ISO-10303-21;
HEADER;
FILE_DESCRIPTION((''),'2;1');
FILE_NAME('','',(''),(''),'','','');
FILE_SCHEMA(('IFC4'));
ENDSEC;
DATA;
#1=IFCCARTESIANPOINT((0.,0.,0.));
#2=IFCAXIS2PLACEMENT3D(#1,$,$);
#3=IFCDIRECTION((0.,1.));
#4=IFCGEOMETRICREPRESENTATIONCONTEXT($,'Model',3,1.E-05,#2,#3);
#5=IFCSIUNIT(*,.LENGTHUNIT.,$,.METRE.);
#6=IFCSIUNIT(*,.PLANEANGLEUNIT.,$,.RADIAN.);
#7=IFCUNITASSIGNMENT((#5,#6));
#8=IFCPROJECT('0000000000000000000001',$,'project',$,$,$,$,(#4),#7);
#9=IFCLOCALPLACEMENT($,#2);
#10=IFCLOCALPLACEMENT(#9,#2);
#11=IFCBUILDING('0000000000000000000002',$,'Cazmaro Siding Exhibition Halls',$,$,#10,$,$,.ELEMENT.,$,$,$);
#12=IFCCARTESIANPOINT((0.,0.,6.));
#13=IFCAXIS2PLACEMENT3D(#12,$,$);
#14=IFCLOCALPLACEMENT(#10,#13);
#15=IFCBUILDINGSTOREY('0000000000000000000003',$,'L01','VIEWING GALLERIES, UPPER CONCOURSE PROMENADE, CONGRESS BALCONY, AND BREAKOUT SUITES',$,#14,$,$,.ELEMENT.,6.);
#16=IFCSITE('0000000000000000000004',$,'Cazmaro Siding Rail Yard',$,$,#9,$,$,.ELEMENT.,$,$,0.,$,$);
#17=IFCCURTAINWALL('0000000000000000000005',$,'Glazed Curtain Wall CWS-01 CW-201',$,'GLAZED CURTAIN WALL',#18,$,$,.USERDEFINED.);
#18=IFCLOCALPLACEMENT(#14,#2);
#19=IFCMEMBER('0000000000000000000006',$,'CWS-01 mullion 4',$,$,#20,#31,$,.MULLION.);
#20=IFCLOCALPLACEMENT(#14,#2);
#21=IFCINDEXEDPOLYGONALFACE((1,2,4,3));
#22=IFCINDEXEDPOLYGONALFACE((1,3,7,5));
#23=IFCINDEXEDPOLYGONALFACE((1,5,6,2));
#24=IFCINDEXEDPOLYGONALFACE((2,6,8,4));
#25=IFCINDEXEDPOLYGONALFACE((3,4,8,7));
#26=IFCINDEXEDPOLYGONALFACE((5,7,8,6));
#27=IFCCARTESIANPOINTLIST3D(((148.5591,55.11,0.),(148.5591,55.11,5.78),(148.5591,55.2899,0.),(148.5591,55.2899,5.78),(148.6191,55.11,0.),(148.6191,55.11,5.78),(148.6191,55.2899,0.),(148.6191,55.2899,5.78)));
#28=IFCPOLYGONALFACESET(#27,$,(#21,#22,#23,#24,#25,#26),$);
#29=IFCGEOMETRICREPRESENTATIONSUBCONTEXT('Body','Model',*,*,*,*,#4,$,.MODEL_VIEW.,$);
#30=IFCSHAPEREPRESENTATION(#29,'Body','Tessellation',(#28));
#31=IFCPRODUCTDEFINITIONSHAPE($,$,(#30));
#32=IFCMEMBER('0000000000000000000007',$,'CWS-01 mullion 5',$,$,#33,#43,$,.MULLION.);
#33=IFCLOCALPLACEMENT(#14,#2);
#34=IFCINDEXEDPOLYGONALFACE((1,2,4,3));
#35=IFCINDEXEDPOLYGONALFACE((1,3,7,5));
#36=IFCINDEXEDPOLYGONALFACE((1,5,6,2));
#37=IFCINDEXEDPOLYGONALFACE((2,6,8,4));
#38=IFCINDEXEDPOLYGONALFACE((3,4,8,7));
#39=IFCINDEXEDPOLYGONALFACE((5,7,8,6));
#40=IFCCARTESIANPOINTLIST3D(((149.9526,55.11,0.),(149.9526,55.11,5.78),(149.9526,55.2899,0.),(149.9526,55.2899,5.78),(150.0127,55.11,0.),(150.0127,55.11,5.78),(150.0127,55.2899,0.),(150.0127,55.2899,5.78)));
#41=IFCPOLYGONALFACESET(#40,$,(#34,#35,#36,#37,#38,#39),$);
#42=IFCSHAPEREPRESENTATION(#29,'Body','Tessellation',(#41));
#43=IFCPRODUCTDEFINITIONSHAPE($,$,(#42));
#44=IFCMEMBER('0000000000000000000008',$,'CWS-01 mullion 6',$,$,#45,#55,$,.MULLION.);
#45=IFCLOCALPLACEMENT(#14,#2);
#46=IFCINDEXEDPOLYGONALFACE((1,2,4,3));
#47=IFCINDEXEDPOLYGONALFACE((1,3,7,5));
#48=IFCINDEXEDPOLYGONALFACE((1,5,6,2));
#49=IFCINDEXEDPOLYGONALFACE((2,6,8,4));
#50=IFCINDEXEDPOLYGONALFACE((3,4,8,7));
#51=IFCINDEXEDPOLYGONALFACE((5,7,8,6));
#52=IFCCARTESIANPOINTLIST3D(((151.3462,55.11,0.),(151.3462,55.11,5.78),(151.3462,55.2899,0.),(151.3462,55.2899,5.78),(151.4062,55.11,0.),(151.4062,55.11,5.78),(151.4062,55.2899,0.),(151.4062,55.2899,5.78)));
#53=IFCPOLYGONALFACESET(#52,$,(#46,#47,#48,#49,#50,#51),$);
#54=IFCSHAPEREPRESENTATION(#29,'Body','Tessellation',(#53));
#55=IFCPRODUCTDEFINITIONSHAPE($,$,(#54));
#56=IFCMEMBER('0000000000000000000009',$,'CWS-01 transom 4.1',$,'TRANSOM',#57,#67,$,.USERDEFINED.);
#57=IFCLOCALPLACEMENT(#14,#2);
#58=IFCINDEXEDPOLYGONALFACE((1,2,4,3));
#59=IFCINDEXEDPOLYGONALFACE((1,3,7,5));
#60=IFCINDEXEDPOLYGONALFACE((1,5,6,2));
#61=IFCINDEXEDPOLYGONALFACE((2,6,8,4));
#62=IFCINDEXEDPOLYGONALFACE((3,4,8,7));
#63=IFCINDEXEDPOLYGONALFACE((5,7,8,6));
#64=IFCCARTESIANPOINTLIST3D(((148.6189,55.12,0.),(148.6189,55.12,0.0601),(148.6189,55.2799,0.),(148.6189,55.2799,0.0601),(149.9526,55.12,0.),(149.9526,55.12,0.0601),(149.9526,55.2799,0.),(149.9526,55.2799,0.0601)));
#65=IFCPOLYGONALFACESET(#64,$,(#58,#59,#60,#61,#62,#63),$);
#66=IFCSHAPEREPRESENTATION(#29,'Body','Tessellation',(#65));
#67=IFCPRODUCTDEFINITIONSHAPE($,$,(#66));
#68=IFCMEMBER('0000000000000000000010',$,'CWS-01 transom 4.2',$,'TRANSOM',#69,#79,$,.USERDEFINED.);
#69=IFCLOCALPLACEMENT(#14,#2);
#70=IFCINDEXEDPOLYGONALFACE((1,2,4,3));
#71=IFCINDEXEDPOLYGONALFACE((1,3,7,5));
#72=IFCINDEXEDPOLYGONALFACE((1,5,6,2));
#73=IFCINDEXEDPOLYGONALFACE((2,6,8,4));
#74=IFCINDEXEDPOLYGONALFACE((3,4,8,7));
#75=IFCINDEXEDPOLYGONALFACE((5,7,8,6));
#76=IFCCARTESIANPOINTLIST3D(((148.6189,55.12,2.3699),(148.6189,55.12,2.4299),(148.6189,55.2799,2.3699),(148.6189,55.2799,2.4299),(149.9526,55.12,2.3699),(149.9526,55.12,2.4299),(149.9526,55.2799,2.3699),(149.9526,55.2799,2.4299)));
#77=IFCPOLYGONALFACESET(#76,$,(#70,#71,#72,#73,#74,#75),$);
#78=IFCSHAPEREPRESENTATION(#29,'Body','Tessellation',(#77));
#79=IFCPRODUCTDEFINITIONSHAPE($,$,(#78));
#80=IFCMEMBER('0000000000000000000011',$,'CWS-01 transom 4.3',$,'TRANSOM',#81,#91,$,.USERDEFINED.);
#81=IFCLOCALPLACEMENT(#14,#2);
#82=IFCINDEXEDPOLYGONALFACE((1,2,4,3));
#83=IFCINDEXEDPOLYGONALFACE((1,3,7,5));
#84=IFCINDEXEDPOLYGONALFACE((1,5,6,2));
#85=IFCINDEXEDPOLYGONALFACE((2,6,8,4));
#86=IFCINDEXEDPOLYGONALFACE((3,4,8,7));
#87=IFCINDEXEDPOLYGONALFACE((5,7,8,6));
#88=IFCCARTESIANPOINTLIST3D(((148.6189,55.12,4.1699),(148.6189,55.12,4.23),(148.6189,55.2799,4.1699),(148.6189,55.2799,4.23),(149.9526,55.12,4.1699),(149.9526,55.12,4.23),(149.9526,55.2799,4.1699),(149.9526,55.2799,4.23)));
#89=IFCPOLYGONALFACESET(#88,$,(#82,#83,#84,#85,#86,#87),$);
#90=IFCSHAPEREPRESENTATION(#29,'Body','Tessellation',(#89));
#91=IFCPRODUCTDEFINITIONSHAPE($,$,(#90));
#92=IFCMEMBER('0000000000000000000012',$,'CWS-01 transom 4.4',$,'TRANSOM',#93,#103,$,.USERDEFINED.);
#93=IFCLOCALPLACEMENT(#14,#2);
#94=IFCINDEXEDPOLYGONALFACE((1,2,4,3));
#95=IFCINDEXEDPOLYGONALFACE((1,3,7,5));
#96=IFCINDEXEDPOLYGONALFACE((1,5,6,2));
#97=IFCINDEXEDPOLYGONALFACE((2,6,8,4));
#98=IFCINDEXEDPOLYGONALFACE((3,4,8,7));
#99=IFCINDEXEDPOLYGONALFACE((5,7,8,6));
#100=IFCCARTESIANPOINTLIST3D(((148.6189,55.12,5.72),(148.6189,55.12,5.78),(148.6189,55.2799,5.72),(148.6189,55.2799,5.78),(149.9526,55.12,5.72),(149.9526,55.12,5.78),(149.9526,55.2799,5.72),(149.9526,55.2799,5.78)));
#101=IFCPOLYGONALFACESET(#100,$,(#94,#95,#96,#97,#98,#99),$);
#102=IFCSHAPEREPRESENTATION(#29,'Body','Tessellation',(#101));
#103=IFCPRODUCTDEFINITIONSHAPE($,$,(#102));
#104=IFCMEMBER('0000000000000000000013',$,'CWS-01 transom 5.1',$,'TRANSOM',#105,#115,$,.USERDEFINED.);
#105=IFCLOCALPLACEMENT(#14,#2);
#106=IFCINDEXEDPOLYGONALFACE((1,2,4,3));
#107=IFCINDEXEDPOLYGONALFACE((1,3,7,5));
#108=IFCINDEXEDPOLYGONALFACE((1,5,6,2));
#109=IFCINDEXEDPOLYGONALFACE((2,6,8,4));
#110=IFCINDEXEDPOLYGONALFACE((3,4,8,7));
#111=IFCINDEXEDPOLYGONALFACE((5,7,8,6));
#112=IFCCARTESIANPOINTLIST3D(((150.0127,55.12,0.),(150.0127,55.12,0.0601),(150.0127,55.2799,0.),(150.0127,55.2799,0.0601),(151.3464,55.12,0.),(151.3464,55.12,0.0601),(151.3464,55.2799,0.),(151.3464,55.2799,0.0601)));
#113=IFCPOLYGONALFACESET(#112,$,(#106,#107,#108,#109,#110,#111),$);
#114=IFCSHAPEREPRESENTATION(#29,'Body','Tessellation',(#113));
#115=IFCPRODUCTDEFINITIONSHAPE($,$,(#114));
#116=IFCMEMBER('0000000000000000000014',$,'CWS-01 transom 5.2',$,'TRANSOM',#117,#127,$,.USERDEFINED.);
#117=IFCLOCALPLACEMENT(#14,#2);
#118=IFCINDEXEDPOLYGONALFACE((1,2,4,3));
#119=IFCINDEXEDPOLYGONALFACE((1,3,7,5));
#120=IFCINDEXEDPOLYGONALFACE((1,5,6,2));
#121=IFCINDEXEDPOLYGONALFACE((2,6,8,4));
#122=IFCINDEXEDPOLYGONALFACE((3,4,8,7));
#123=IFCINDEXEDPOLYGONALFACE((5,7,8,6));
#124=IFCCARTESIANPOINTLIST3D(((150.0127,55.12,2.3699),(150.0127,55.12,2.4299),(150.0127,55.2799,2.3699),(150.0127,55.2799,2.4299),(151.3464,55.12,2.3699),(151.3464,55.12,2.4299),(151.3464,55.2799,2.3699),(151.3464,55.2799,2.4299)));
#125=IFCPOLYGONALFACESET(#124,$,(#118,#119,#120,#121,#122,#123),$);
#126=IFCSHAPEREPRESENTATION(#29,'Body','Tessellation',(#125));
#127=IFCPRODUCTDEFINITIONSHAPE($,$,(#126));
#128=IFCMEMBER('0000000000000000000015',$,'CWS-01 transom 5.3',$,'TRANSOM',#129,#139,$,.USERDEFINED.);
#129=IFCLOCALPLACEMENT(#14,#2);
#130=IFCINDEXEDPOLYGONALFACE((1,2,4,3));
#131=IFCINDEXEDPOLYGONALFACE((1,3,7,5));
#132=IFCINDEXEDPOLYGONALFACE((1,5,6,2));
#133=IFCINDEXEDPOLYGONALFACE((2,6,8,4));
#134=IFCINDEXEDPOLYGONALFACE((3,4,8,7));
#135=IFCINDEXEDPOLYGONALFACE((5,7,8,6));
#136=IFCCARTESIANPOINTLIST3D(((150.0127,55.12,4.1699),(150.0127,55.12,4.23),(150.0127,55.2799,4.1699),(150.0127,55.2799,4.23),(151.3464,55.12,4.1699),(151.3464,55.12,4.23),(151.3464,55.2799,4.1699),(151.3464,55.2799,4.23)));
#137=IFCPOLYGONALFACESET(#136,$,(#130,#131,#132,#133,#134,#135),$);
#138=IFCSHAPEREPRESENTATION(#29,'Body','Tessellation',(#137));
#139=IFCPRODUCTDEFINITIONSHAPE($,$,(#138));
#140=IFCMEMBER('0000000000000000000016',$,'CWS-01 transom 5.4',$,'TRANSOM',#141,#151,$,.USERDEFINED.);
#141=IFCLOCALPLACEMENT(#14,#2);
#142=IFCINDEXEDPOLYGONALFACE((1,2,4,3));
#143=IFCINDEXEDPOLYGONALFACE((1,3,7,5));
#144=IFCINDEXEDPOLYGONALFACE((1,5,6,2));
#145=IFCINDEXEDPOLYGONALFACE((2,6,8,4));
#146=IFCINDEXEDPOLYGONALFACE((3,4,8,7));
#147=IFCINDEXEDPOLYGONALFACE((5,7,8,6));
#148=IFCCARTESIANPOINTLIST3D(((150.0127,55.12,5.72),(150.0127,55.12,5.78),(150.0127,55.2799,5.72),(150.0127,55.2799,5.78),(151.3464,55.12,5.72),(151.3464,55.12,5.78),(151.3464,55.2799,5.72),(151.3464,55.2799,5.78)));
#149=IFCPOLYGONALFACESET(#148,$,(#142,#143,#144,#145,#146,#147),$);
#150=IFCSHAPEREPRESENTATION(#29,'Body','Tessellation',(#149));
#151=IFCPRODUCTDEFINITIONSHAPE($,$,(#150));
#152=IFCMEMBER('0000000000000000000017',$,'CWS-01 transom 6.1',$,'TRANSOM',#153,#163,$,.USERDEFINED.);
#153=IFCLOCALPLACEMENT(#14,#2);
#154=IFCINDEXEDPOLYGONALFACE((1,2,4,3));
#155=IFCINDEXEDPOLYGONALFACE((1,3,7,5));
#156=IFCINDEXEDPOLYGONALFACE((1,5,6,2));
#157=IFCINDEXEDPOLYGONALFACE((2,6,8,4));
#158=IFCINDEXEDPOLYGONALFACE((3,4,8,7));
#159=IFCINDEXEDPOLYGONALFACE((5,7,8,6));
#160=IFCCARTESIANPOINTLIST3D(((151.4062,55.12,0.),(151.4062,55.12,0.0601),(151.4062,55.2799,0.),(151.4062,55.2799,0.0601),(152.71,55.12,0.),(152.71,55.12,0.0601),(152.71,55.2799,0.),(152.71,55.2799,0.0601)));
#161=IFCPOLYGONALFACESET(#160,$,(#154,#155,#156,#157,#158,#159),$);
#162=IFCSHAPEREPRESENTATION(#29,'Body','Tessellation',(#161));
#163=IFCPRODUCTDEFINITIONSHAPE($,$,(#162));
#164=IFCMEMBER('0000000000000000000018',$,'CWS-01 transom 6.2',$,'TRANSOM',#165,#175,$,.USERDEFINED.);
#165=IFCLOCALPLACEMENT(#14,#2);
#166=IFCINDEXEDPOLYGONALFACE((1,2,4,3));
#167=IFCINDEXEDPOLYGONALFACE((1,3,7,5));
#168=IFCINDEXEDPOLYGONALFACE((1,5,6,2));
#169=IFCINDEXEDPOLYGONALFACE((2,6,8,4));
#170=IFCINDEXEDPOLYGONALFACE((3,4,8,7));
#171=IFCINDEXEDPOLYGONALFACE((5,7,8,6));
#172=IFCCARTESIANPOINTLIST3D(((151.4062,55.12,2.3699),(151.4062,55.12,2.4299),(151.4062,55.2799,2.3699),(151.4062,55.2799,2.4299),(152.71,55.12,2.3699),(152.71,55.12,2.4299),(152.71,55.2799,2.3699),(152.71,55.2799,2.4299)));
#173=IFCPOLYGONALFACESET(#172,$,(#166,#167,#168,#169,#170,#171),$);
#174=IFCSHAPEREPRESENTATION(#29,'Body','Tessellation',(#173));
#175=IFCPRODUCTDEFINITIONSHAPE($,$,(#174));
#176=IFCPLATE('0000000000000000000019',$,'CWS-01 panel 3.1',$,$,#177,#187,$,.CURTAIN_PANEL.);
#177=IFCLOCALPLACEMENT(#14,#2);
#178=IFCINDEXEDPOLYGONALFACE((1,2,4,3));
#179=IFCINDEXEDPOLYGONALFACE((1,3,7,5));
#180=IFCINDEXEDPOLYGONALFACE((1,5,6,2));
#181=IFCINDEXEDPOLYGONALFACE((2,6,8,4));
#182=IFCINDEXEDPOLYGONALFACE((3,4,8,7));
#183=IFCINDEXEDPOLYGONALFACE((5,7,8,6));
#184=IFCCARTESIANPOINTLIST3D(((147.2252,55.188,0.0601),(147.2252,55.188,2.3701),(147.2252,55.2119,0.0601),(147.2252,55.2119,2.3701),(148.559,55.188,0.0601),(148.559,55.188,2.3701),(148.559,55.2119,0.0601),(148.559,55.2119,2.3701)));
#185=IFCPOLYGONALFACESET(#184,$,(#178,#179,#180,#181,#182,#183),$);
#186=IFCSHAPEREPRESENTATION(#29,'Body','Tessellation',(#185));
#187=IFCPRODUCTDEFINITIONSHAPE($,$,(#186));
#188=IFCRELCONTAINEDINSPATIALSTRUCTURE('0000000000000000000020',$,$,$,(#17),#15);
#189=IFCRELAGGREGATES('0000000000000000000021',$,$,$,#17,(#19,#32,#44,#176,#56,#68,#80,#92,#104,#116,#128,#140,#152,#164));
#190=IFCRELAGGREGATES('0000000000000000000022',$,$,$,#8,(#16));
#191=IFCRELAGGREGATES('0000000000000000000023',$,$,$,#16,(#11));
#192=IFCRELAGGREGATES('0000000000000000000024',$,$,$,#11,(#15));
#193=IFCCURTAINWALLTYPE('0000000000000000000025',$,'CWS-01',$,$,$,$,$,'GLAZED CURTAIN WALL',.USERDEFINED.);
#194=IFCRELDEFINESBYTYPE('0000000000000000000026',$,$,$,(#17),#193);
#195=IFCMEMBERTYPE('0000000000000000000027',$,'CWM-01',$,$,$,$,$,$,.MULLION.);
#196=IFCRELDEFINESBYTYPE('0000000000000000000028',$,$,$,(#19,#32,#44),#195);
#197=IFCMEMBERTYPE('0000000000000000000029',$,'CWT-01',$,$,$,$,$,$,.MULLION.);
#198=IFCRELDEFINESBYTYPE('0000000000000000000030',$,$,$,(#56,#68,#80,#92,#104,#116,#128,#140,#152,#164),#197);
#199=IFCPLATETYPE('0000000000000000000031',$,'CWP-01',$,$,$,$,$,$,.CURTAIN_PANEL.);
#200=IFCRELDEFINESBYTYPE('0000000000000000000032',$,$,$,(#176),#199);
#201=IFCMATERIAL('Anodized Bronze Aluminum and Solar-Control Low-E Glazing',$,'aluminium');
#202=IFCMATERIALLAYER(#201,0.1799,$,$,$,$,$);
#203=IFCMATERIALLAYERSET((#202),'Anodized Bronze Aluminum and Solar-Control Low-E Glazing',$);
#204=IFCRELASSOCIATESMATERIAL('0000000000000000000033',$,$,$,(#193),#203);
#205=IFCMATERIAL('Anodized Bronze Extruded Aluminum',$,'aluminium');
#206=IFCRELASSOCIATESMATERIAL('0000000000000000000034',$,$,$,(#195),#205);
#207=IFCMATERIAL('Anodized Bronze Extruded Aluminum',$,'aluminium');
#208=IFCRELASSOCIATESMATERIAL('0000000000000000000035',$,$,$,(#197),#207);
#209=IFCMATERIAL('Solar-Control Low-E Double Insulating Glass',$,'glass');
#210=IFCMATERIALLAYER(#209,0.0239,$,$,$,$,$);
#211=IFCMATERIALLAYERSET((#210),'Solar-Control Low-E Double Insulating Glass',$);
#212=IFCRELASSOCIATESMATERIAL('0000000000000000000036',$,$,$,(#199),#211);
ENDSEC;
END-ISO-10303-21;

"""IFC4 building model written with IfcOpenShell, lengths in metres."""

from ifc_helpers import new_model, si_unit, direction, frame, origin, origin_2d, place, context, subcontext, project, spatial, rectangle, extrude, material, layer, layer_set, material_profile, profile_set, type_object, element, aggregate, save


model = new_model("IFC4")

# Units and contexts
model_context = context("Model", 3, precision=1e-05, world=origin(), true_north=direction((0.0, 1.0)))
body_context = subcontext(model_context, "Body", "Model", "MODEL_VIEW")
ifc_project = project(units=[si_unit("LENGTHUNIT", "METRE"), si_unit("PLANEANGLEUNIT", "RADIAN")], contexts=[model_context])

# Site, building, storey
site_placement = place(None, origin())
site = spatial("IfcSite", under=ifc_project, at=site_placement, Name="Cazmaro Siding Rail Yard", CompositionType="ELEMENT", RefElevation=0.0)
building_placement = place(site_placement, origin())
building = spatial("IfcBuilding", under=site, at=building_placement, Name="Cazmaro Siding Exhibition Halls", CompositionType="ELEMENT")
storey_placement = place(building_placement, frame((0.0, 0.0, 6.0)))
storey = spatial("IfcBuildingStorey", under=building, at=storey_placement, Name="L01", Description="VIEWING GALLERIES, UPPER CONCOURSE PROMENADE, CONGRESS BALCONY, AND BREAKOUT SUITES", CompositionType="ELEMENT", Elevation=6.0)

# Curtain wall, members, plate
ifc_material_1 = material(Name="Anodized Bronze Aluminum and Solar-Control Low-E Glazing", Category="aluminium")
ifc_layer_1 = layer(ifc_material_1, 0.1799)
ifc_layer_set_1 = layer_set([ifc_layer_1], Name="Anodized Bronze Aluminum and Solar-Control Low-E Glazing")
curtain_wall_type = type_object("IfcCurtainWallType", Name="CWS-01", ElementType="GLAZED CURTAIN WALL", PredefinedType="USERDEFINED", material=ifc_layer_set_1)
curtain_wall_placement = place(storey_placement, origin())
curtain_wall = element("IfcCurtainWall", 1, at=curtain_wall_placement, inside=storey, type_object=curtain_wall_type, Name="Glazed Curtain Wall CWS-01 CW-201", ObjectType="GLAZED CURTAIN WALL", PredefinedType="USERDEFINED")
ifc_material_2 = material(Name="Anodized Bronze Extruded Aluminum", Category="aluminium")
ifc_material_profile_1 = material_profile(ifc_material_2, rectangle(XDim=0.1799, YDim=0.0601, at=origin_2d()), Name="CWM-01")
ifc_profile_set_1 = profile_set([ifc_material_profile_1], Name="Anodized Bronze Extruded Aluminum")
member_type_1 = type_object("IfcMemberType", Name="CWM-01", PredefinedType="MULLION", material=ifc_profile_set_1)
member_1_placement = place(storey_placement, frame((148.5891, 55.2, 0.0), z_axis=(0.0, 0.0, 1.0), x_axis=(0.0, 1.0, 0.0)))
member_1 = element("IfcMember", 2, at=member_1_placement, type_object=member_type_1, Name="CWS-01 mullion 4", PredefinedType="MULLION", context=body_context, shape_type="SweptSolid", body=[
    extrude(rectangle(XDim=0.1799, YDim=0.0601, at=origin_2d()), origin(), (0.0, 0.0, 1.0), 5.78),
])
member_2_placement = place(storey_placement, frame((149.9827, 55.2, 0.0), z_axis=(0.0, 0.0, 1.0), x_axis=(0.0, 1.0, 0.0)))
member_2 = element("IfcMember", 3, at=member_2_placement, type_object=member_type_1, Name="CWS-01 mullion 5", PredefinedType="MULLION", context=body_context, shape_type="SweptSolid", body=[
    extrude(rectangle(XDim=0.1799, YDim=0.0601, at=origin_2d()), origin(), (0.0, 0.0, 1.0), 5.78),
])
member_3_placement = place(storey_placement, frame((151.3762, 55.2, 0.0), z_axis=(0.0, 0.0, 1.0), x_axis=(0.0, 1.0, 0.0)))
member_3 = element("IfcMember", 4, at=member_3_placement, type_object=member_type_1, Name="CWS-01 mullion 6", PredefinedType="MULLION", context=body_context, shape_type="SweptSolid", body=[
    extrude(rectangle(XDim=0.1799, YDim=0.0601, at=origin_2d()), origin(), (0.0, 0.0, 1.0), 5.78),
])
ifc_material_3 = material(Name="Anodized Bronze Extruded Aluminum", Category="aluminium")
ifc_material_profile_2 = material_profile(ifc_material_3, rectangle(XDim=0.1599, YDim=0.0601, at=origin_2d()), Name="CWT-01")
ifc_profile_set_2 = profile_set([ifc_material_profile_2], Name="Anodized Bronze Extruded Aluminum")
member_type_2 = type_object("IfcMemberType", Name="CWT-01", PredefinedType="MULLION", material=ifc_profile_set_2)
member_4_placement = place(storey_placement, frame((148.6189, 55.2, 0.03), z_axis=(1.0, 0.0, 0.0), x_axis=(0.0, 1.0, 0.0)))
member_4 = element("IfcMember", 5, at=member_4_placement, type_object=member_type_2, Name="CWS-01 transom 4.1", ObjectType="TRANSOM", PredefinedType="USERDEFINED", context=body_context, shape_type="SweptSolid", body=[
    extrude(rectangle(XDim=0.1599, YDim=0.0601, at=origin_2d()), origin(), (0.0, 0.0, 1.0), 1.3337),
])
member_5_placement = place(storey_placement, frame((148.6189, 55.2, 2.3999), z_axis=(1.0, 0.0, 0.0), x_axis=(0.0, 1.0, 0.0)))
member_5 = element("IfcMember", 6, at=member_5_placement, type_object=member_type_2, Name="CWS-01 transom 4.2", ObjectType="TRANSOM", PredefinedType="USERDEFINED", context=body_context, shape_type="SweptSolid", body=[
    extrude(rectangle(XDim=0.1599, YDim=0.0601, at=origin_2d()), origin(), (0.0, 0.0, 1.0), 1.3337),
])
member_6_placement = place(storey_placement, frame((148.6189, 55.2, 4.2), z_axis=(1.0, 0.0, 0.0), x_axis=(0.0, 1.0, 0.0)))
member_6 = element("IfcMember", 7, at=member_6_placement, type_object=member_type_2, Name="CWS-01 transom 4.3", ObjectType="TRANSOM", PredefinedType="USERDEFINED", context=body_context, shape_type="SweptSolid", body=[
    extrude(rectangle(XDim=0.1599, YDim=0.0601, at=origin_2d()), origin(), (0.0, 0.0, 1.0), 1.3337),
])
member_7_placement = place(storey_placement, frame((148.6189, 55.2, 5.75), z_axis=(1.0, 0.0, 0.0), x_axis=(0.0, 1.0, 0.0)))
member_7 = element("IfcMember", 8, at=member_7_placement, type_object=member_type_2, Name="CWS-01 transom 4.4", ObjectType="TRANSOM", PredefinedType="USERDEFINED", context=body_context, shape_type="SweptSolid", body=[
    extrude(rectangle(XDim=0.1599, YDim=0.0601, at=origin_2d()), origin(), (0.0, 0.0, 1.0), 1.3337),
])
member_8_placement = place(storey_placement, frame((150.0127, 55.2, 0.03), z_axis=(1.0, 0.0, 0.0), x_axis=(0.0, 1.0, 0.0)))
member_8 = element("IfcMember", 9, at=member_8_placement, type_object=member_type_2, Name="CWS-01 transom 5.1", ObjectType="TRANSOM", PredefinedType="USERDEFINED", context=body_context, shape_type="SweptSolid", body=[
    extrude(rectangle(XDim=0.1599, YDim=0.0601, at=origin_2d()), origin(), (0.0, 0.0, 1.0), 1.3337),
])
member_9_placement = place(storey_placement, frame((150.0127, 55.2, 2.3999), z_axis=(1.0, 0.0, 0.0), x_axis=(0.0, 1.0, 0.0)))
member_9 = element("IfcMember", 10, at=member_9_placement, type_object=member_type_2, Name="CWS-01 transom 5.2", ObjectType="TRANSOM", PredefinedType="USERDEFINED", context=body_context, shape_type="SweptSolid", body=[
    extrude(rectangle(XDim=0.1599, YDim=0.0601, at=origin_2d()), origin(), (0.0, 0.0, 1.0), 1.3337),
])
member_10_placement = place(storey_placement, frame((150.0127, 55.2, 4.2), z_axis=(1.0, 0.0, 0.0), x_axis=(0.0, 1.0, 0.0)))
member_10 = element("IfcMember", 11, at=member_10_placement, type_object=member_type_2, Name="CWS-01 transom 5.3", ObjectType="TRANSOM", PredefinedType="USERDEFINED", context=body_context, shape_type="SweptSolid", body=[
    extrude(rectangle(XDim=0.1599, YDim=0.0601, at=origin_2d()), origin(), (0.0, 0.0, 1.0), 1.3337),
])
member_11_placement = place(storey_placement, frame((150.0127, 55.2, 5.75), z_axis=(1.0, 0.0, 0.0), x_axis=(0.0, 1.0, 0.0)))
member_11 = element("IfcMember", 12, at=member_11_placement, type_object=member_type_2, Name="CWS-01 transom 5.4", ObjectType="TRANSOM", PredefinedType="USERDEFINED", context=body_context, shape_type="SweptSolid", body=[
    extrude(rectangle(XDim=0.1599, YDim=0.0601, at=origin_2d()), origin(), (0.0, 0.0, 1.0), 1.3337),
])
member_12_placement = place(storey_placement, frame((151.4062, 55.2, 0.03), z_axis=(1.0, 0.0, 0.0), x_axis=(0.0, 1.0, 0.0)))
member_12 = element("IfcMember", 13, at=member_12_placement, type_object=member_type_2, Name="CWS-01 transom 6.1", ObjectType="TRANSOM", PredefinedType="USERDEFINED", context=body_context, shape_type="SweptSolid", body=[
    extrude(rectangle(XDim=0.1599, YDim=0.0601, at=origin_2d()), origin(), (0.0, 0.0, 1.0), 1.3037),
])
member_13_placement = place(storey_placement, frame((151.4062, 55.2, 2.3999), z_axis=(1.0, 0.0, 0.0), x_axis=(0.0, 1.0, 0.0)))
member_13 = element("IfcMember", 14, at=member_13_placement, type_object=member_type_2, Name="CWS-01 transom 6.2", ObjectType="TRANSOM", PredefinedType="USERDEFINED", context=body_context, shape_type="SweptSolid", body=[
    extrude(rectangle(XDim=0.1599, YDim=0.0601, at=origin_2d()), origin(), (0.0, 0.0, 1.0), 1.3037),
])
ifc_material_4 = material(Name="Solar-Control Low-E Double Insulating Glass", Category="glass")
ifc_layer_2 = layer(ifc_material_4, 0.0239)
ifc_layer_set_2 = layer_set([ifc_layer_2], Name="Solar-Control Low-E Double Insulating Glass")
plate_type = type_object("IfcPlateType", Name="CWP-01", PredefinedType="CURTAIN_PANEL", material=ifc_layer_set_2)
plate_1_placement = place(storey_placement, frame((147.8921, 55.2, 0.0601), z_axis=(0.0, 0.0, 1.0), x_axis=(1.0, 0.0, 0.0)))
plate_1 = element("IfcPlate", 15, at=plate_1_placement, type_object=plate_type, Name="CWS-01 panel 3.1", PredefinedType="CURTAIN_PANEL", context=body_context, shape_type="SweptSolid", body=[
    extrude(rectangle(XDim=1.3337, YDim=0.0239, at=origin_2d()), origin(), (0.0, 0.0, 1.0), 2.3101),
])
aggregate(curtain_wall, [member_1, member_2, member_3, plate_1, member_4, member_5, member_6, member_7, member_8, member_9, member_10, member_11, member_12, member_13])

save(model, "model.ifc")
